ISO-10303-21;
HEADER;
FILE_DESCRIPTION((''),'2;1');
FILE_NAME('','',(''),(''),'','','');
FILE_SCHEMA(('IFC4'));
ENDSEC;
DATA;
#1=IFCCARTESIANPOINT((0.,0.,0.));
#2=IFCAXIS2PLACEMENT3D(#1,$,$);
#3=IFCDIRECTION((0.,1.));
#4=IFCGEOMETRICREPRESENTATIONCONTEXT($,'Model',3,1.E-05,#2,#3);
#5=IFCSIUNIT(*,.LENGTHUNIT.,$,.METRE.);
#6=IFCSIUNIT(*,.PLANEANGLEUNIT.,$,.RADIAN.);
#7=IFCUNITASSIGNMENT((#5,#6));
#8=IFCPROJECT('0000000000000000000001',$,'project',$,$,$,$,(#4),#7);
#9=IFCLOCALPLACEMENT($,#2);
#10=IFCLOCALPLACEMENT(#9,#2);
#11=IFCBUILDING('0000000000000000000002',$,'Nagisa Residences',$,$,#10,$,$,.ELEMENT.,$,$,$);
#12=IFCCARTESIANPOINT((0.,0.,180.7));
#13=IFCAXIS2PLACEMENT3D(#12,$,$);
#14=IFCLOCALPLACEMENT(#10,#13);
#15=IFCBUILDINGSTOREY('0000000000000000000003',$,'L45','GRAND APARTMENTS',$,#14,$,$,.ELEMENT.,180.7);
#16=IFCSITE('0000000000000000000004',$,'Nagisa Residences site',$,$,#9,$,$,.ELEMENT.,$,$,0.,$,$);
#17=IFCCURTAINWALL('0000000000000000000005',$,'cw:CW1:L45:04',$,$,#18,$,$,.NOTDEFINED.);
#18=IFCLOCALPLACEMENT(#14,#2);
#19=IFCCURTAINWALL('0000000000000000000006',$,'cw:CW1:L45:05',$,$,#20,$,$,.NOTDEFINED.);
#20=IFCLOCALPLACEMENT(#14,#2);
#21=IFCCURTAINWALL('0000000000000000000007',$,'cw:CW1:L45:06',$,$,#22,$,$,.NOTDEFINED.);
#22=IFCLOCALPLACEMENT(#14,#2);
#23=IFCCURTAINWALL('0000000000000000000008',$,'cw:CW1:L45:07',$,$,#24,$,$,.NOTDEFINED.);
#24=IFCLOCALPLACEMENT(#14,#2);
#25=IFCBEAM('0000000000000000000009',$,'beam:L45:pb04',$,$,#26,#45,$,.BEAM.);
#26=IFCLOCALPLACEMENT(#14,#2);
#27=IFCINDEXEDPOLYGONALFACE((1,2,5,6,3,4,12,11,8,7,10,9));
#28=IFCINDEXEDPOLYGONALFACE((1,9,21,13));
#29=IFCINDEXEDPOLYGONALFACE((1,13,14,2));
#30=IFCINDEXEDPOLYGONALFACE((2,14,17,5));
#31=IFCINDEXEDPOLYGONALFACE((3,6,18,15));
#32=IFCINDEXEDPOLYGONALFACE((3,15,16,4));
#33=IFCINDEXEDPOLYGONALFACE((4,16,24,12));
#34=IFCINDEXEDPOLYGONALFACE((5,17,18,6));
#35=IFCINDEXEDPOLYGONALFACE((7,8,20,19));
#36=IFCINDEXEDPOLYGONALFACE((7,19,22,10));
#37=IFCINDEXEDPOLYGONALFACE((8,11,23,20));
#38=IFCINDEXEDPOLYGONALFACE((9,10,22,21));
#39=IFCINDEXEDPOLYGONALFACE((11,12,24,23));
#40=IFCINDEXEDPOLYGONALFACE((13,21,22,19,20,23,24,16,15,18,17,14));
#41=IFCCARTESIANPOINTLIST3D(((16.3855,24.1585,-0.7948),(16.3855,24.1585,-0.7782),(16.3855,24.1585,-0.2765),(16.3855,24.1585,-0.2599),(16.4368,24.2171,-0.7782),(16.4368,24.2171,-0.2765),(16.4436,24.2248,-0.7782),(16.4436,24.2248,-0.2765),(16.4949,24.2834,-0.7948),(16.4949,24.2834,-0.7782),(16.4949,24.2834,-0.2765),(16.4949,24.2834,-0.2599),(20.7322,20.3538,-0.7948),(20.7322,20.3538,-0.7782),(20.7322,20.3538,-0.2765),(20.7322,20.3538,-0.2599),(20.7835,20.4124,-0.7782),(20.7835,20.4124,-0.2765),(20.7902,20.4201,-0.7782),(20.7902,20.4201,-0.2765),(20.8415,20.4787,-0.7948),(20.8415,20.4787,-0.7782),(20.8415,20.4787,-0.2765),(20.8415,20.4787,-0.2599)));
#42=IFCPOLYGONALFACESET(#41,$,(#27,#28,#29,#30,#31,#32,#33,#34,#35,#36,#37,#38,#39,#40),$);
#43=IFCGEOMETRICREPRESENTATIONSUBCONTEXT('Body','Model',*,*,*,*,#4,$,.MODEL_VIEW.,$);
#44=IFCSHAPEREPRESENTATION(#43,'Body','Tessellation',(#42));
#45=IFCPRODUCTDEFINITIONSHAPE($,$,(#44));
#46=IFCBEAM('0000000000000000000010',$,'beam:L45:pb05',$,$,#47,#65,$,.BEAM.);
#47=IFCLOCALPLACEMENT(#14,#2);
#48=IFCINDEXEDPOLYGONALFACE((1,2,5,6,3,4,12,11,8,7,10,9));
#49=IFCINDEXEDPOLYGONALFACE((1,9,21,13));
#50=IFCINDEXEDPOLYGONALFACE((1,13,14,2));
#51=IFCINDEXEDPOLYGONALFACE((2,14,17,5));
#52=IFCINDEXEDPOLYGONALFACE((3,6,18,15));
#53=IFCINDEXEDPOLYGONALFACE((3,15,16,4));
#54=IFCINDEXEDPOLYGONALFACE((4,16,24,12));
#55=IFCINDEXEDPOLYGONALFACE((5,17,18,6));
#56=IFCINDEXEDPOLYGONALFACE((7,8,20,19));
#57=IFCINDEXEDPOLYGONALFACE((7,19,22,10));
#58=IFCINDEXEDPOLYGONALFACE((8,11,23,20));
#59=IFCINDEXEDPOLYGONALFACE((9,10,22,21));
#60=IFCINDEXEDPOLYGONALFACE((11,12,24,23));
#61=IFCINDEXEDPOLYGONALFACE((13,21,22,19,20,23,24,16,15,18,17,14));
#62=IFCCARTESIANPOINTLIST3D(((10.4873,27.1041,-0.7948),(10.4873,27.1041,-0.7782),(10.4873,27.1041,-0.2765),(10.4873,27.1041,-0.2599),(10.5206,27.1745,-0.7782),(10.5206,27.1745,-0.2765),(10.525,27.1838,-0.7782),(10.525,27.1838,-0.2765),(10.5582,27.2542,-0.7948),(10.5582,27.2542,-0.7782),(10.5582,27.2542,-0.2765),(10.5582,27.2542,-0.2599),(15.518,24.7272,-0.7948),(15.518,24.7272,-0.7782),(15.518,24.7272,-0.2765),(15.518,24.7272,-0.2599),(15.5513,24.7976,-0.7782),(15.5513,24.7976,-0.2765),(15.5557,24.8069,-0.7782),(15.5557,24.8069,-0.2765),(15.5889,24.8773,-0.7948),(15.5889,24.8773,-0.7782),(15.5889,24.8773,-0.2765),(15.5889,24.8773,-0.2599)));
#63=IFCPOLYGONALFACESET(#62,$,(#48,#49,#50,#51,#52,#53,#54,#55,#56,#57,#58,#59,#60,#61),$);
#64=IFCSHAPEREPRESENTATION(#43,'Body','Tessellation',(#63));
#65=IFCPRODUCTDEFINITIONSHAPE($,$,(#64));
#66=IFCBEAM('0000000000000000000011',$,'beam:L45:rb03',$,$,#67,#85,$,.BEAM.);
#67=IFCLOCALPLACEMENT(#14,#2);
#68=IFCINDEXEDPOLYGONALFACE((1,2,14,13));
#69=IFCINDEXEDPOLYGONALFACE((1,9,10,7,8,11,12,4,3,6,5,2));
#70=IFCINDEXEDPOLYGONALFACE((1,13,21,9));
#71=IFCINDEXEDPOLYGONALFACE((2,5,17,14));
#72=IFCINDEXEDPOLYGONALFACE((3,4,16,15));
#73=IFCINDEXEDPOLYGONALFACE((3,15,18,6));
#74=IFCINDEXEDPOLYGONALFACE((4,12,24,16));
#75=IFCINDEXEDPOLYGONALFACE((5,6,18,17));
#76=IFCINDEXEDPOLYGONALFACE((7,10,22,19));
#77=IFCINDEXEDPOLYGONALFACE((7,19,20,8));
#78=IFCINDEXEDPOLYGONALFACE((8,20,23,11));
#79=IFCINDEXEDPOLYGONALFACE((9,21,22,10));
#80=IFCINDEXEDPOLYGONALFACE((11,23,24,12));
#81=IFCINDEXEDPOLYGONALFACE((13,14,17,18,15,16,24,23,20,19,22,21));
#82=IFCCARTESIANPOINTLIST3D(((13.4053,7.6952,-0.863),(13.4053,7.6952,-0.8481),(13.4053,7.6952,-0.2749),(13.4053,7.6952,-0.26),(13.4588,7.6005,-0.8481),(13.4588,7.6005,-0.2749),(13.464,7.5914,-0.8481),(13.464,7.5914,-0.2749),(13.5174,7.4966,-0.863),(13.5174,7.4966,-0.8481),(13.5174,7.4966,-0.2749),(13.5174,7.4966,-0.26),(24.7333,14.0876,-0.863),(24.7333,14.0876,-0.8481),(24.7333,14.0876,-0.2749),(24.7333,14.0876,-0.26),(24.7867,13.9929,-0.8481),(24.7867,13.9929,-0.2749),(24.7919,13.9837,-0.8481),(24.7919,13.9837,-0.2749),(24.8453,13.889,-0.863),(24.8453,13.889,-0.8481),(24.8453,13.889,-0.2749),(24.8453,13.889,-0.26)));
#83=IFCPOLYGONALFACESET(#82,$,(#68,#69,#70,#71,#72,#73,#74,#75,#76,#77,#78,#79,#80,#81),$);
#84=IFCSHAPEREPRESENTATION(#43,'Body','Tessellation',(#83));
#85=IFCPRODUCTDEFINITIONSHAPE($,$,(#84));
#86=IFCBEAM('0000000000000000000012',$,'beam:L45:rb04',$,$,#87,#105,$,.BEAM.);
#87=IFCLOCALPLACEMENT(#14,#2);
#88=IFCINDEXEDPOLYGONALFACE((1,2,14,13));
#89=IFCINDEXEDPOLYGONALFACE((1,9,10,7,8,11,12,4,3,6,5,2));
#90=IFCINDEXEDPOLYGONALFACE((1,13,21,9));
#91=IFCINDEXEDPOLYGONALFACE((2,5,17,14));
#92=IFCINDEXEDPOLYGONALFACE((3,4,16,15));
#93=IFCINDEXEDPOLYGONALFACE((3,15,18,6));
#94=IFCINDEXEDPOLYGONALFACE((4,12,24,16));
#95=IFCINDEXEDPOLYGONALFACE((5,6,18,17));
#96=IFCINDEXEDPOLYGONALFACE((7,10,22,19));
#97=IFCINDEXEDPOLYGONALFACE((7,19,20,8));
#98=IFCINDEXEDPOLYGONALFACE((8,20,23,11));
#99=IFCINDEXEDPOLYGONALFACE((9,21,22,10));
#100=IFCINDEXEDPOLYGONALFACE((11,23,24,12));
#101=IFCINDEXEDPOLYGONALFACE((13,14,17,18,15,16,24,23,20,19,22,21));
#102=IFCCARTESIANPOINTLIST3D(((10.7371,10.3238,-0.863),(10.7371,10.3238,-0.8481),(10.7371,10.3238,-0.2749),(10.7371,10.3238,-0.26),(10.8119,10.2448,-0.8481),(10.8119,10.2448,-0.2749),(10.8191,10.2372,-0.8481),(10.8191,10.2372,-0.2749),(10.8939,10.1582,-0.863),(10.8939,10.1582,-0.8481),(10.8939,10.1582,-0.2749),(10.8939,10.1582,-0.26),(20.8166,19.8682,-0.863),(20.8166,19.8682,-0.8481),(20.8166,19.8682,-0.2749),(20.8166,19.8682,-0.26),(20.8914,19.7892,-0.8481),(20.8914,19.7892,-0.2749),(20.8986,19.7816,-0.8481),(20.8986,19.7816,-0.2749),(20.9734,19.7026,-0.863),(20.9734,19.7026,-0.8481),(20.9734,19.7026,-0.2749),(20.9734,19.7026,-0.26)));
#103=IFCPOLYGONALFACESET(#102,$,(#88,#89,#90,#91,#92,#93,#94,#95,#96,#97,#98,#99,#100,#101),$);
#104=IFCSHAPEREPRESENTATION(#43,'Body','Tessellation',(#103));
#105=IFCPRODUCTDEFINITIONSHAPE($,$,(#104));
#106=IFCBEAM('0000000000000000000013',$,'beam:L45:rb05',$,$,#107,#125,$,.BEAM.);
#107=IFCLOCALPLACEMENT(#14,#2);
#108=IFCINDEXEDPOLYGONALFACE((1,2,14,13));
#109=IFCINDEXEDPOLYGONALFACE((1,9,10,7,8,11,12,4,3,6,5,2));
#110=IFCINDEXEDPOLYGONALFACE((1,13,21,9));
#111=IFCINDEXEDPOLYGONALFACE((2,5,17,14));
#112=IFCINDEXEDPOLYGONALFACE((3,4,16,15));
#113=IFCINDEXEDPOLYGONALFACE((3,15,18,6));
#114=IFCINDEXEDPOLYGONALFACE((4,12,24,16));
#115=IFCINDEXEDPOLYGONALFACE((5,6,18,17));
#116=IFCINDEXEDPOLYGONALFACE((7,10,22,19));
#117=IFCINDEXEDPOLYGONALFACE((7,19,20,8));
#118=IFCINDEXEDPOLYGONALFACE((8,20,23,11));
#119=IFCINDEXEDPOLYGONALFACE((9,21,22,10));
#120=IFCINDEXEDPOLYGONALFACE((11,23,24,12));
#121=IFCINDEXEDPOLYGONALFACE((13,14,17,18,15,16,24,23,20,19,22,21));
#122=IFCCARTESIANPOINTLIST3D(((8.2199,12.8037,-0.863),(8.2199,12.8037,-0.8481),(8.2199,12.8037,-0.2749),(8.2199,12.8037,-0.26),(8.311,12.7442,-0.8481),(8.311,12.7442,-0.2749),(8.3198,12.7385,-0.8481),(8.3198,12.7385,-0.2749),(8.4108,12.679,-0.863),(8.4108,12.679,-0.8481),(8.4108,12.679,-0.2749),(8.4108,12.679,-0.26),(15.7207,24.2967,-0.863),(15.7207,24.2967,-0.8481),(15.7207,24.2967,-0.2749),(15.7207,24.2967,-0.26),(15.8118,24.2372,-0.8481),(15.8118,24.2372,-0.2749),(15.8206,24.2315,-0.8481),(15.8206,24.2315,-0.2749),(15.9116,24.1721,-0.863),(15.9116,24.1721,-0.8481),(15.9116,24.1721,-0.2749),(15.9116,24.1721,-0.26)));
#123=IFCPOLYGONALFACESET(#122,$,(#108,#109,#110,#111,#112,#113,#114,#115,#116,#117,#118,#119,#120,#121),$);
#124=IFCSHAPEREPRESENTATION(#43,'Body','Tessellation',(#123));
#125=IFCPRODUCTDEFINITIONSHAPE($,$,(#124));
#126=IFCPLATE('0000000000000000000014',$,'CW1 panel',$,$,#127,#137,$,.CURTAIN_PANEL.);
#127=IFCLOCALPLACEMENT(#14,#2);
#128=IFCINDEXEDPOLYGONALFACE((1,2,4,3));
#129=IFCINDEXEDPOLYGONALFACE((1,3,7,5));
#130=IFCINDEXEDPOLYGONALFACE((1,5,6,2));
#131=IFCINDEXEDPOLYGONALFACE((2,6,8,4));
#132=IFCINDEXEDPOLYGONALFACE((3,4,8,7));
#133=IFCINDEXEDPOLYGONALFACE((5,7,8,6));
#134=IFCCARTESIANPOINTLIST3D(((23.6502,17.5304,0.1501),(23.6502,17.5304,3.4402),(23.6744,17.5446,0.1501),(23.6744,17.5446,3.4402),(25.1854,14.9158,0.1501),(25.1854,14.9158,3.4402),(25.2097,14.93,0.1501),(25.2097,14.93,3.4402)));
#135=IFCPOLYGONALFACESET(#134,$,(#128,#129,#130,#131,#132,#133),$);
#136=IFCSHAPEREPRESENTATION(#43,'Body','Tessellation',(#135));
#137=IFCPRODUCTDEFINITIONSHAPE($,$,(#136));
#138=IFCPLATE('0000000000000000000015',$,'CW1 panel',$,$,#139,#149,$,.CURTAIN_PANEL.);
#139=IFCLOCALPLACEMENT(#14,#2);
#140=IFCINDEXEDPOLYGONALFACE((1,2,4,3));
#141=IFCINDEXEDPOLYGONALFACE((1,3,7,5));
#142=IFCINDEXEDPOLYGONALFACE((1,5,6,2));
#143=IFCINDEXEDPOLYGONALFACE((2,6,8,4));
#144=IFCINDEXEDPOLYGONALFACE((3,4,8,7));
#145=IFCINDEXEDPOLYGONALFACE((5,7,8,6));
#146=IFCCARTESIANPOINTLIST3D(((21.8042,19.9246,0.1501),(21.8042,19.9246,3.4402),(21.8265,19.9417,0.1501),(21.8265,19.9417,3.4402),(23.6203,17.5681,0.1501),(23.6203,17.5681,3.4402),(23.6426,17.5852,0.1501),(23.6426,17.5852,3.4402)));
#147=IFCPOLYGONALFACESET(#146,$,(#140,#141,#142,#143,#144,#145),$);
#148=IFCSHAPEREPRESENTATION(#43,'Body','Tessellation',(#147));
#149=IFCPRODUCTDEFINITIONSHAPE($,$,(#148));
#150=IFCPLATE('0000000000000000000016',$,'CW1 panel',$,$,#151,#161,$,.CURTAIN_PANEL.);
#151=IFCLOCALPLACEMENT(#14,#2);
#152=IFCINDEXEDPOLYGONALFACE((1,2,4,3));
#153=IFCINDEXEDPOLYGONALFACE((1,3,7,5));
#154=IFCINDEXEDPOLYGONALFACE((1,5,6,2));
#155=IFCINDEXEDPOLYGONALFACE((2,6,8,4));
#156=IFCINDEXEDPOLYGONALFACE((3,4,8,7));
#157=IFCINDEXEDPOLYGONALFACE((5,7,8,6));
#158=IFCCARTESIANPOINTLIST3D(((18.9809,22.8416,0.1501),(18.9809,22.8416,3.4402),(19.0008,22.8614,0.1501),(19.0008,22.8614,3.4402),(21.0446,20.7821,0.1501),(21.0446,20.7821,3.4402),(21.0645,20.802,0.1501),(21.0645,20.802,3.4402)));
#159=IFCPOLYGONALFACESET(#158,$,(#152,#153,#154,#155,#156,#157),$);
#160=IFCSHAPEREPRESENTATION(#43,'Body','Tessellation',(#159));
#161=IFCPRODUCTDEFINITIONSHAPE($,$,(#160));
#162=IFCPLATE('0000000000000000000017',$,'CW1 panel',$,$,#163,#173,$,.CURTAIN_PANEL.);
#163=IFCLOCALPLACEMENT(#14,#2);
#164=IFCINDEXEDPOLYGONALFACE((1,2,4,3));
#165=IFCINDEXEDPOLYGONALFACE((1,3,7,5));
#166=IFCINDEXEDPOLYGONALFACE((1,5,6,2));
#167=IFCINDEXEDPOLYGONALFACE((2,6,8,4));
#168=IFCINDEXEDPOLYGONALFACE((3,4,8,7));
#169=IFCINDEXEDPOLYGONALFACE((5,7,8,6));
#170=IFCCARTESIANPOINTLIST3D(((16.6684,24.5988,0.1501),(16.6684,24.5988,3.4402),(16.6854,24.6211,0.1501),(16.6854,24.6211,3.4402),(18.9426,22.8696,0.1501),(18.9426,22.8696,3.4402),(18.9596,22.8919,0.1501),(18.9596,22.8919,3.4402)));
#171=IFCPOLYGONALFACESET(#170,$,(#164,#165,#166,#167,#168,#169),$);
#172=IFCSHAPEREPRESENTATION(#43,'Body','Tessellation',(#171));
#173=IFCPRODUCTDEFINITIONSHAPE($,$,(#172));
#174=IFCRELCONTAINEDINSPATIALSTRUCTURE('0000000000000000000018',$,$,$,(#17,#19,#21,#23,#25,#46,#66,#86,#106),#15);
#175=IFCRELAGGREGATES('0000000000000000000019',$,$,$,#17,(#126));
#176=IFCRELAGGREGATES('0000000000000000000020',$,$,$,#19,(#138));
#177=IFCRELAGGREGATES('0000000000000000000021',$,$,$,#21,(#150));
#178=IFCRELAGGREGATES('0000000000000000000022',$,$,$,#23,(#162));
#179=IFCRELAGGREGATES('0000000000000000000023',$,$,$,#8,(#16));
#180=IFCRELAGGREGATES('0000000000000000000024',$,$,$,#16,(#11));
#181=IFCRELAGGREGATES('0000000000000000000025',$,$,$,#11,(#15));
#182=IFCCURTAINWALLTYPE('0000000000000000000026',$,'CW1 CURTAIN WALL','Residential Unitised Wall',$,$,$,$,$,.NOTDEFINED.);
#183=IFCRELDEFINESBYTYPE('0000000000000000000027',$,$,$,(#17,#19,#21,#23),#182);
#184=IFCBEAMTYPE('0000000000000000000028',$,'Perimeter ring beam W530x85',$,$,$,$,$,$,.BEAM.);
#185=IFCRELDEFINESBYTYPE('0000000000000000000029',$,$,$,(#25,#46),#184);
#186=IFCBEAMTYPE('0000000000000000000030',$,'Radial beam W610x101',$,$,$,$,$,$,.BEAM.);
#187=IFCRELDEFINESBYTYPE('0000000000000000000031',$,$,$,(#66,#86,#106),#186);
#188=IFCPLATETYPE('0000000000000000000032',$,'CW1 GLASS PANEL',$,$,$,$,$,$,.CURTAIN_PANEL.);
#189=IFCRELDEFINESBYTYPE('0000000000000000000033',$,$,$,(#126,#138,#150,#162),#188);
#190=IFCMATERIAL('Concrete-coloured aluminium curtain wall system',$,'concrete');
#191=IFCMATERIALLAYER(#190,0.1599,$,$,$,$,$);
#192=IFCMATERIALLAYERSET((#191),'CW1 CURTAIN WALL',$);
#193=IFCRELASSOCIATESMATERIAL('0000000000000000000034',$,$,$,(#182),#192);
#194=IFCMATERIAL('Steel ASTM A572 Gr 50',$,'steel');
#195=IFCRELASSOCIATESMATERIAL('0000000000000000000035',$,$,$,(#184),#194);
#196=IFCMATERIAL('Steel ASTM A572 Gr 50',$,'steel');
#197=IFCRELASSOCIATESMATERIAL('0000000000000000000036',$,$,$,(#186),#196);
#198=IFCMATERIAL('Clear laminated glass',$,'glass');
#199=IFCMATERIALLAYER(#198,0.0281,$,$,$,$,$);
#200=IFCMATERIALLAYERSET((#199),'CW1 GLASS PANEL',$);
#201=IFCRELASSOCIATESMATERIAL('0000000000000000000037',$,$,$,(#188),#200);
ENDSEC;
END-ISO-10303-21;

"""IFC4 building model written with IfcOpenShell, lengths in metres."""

from ifc_helpers import new_model, si_unit, direction, frame, origin, origin_2d, place, context, subcontext, project, spatial, rectangle, i_section, extrude, material, layer, layer_set, material_profile, profile_set, type_object, element, aggregate, save


model = new_model("IFC4")

# Units and contexts
model_context = context("Model", 3, precision=1e-05, world=origin(), true_north=direction((0.0, 1.0)))
body_context = subcontext(model_context, "Body", "Model", "MODEL_VIEW")
ifc_project = project(units=[si_unit("LENGTHUNIT", "METRE"), si_unit("PLANEANGLEUNIT", "RADIAN")], contexts=[model_context])

# Site, building, storey
site_placement = place(None, origin())
site = spatial("IfcSite", under=ifc_project, at=site_placement, Name="Nagisa Residences site", CompositionType="ELEMENT", RefElevation=0.0)
building_placement = place(site_placement, origin())
building = spatial("IfcBuilding", under=site, at=building_placement, Name="Nagisa Residences", CompositionType="ELEMENT")
storey_placement = place(building_placement, frame((0.0, 0.0, 180.7)))
storey = spatial("IfcBuildingStorey", under=building, at=storey_placement, Name="L45", Description="GRAND APARTMENTS", CompositionType="ELEMENT", Elevation=180.7)

# Curtain walls
ifc_material_1 = material(Name="Concrete-coloured aluminium curtain wall system", Category="concrete")
ifc_layer_1 = layer(ifc_material_1, 0.1599)
ifc_layer_set_1 = layer_set([ifc_layer_1], Name="CW1 CURTAIN WALL")
curtain_wall_type = type_object("IfcCurtainWallType", Name="CW1 CURTAIN WALL", Description="Residential Unitised Wall", PredefinedType="NOTDEFINED", material=ifc_layer_set_1)
curtain_wall_1_placement = place(storey_placement, origin())
curtain_wall_1 = element("IfcCurtainWall", 1, at=curtain_wall_1_placement, inside=storey, type_object=curtain_wall_type, Name="cw:CW1:L45:04", PredefinedType="NOTDEFINED")
curtain_wall_2_placement = place(storey_placement, origin())
curtain_wall_2 = element("IfcCurtainWall", 2, at=curtain_wall_2_placement, inside=storey, type_object=curtain_wall_type, Name="cw:CW1:L45:05", PredefinedType="NOTDEFINED")
curtain_wall_3_placement = place(storey_placement, origin())
curtain_wall_3 = element("IfcCurtainWall", 3, at=curtain_wall_3_placement, inside=storey, type_object=curtain_wall_type, Name="cw:CW1:L45:06", PredefinedType="NOTDEFINED")
curtain_wall_4_placement = place(storey_placement, origin())
curtain_wall_4 = element("IfcCurtainWall", 4, at=curtain_wall_4_placement, inside=storey, type_object=curtain_wall_type, Name="cw:CW1:L45:07", PredefinedType="NOTDEFINED")

# Beams
ifc_material_2 = material(Name="Steel ASTM A572 Gr 50", Category="steel")
ifc_material_profile_1 = material_profile(ifc_material_2, i_section(OverallWidth=0.166, OverallDepth=0.5349, WebThickness=0.0103, FlangeThickness=0.0166, at=origin_2d()), Name="W530x85")
ifc_profile_set_1 = profile_set([ifc_material_profile_1], Name="Steel ASTM A572 Gr 50")
beam_type_1 = type_object("IfcBeamType", Name="Perimeter ring beam W530x85", PredefinedType="BEAM", material=ifc_profile_set_1)
beam_1_placement = place(storey_placement, frame((20.7869, 20.4163, -0.5273), z_axis=(-0.752461, 0.658636, 0.0), x_axis=(-0.658636, -0.752461, 0.0)))
element("IfcBeam", 5, at=beam_1_placement, inside=storey, type_object=beam_type_1, Name="beam:L45:pb04", PredefinedType="BEAM", context=body_context, shape_type="SweptSolid", body=[
    extrude(i_section(OverallWidth=0.166, OverallDepth=0.5349, WebThickness=0.0103, FlangeThickness=0.0166, at=origin_2d()), origin(), (0.0, 0.0, 1.0), 5.7766),
])
beam_2_placement = place(storey_placement, frame((15.5535, 24.8022, -0.5273), z_axis=(-0.904157, 0.4272, 0.0), x_axis=(-0.4272, -0.904157, 0.0)))
element("IfcBeam", 6, at=beam_2_placement, inside=storey, type_object=beam_type_1, Name="beam:L45:pb05", PredefinedType="BEAM", context=body_context, shape_type="SweptSolid", body=[
    extrude(i_section(OverallWidth=0.166, OverallDepth=0.5349, WebThickness=0.0103, FlangeThickness=0.0166, at=origin_2d()), origin(), (0.0, 0.0, 1.0), 5.564),
])
ifc_material_3 = material(Name="Steel ASTM A572 Gr 50", Category="steel")
ifc_material_profile_2 = material_profile(ifc_material_3, i_section(OverallWidth=0.228, OverallDepth=0.603, WebThickness=0.0105, FlangeThickness=0.0149, at=origin_2d()), Name="W610x101")
ifc_profile_set_2 = profile_set([ifc_material_profile_2], Name="Steel ASTM A572 Gr 50")
beam_type_2 = type_object("IfcBeamType", Name="Radial beam W610x101", PredefinedType="BEAM", material=ifc_profile_set_2)
beam_3_placement = place(storey_placement, frame((24.7893, 13.9883, -0.5615), z_axis=(-0.870905, -0.491452, 0.0), x_axis=(0.491452, -0.870905, 0.0)))
element("IfcBeam", 7, at=beam_3_placement, inside=storey, type_object=beam_type_2, Name="beam:L45:rb03", PredefinedType="BEAM", context=body_context, shape_type="SweptSolid", body=[
    extrude(i_section(OverallWidth=0.228, OverallDepth=0.603, WebThickness=0.0105, FlangeThickness=0.0149, at=origin_2d()), origin(), (0.0, 0.0, 1.0), 13.0071),
])
beam_4_placement = place(storey_placement, frame((20.895, 19.7854, -0.5615), z_axis=(-0.72612, -0.687568, 0.0), x_axis=(0.687568, -0.72612, 0.0)))
element("IfcBeam", 8, at=beam_4_placement, inside=storey, type_object=beam_type_2, Name="beam:L45:rb04", PredefinedType="BEAM", context=body_context, shape_type="SweptSolid", body=[
    extrude(i_section(OverallWidth=0.228, OverallDepth=0.603, WebThickness=0.0105, FlangeThickness=0.0149, at=origin_2d()), origin(), (0.0, 0.0, 1.0), 13.8813),
])
beam_5_placement = place(storey_placement, frame((15.8162, 24.2344, -0.5615), z_axis=(-0.546541, -0.837432, 0.0), x_axis=(0.837432, -0.546541, 0.0)))
element("IfcBeam", 9, at=beam_5_placement, inside=storey, type_object=beam_type_2, Name="beam:L45:rb05", PredefinedType="BEAM", context=body_context, shape_type="SweptSolid", body=[
    extrude(i_section(OverallWidth=0.228, OverallDepth=0.603, WebThickness=0.0105, FlangeThickness=0.0149, at=origin_2d()), origin(), (0.0, 0.0, 1.0), 13.7241),
])

# Plates
ifc_material_4 = material(Name="Clear laminated glass", Category="glass")
ifc_layer_2 = layer(ifc_material_4, 0.0281)
ifc_layer_set_2 = layer_set([ifc_layer_2], Name="CW1 GLASS PANEL")
plate_type = type_object("IfcPlateType", Name="CW1 GLASS PANEL", PredefinedType="CURTAIN_PANEL", material=ifc_layer_set_2)
plate_1_placement = place(storey_placement, frame((24.4299, 16.2302, 0.1501), z_axis=(0.0, 0.0, 1.0), x_axis=(-0.506349, 0.862329, 0.0)))
plate_1 = element("IfcPlate", 10, at=plate_1_placement, type_object=plate_type, Name="CW1 panel", PredefinedType="CURTAIN_PANEL", context=body_context, shape_type="SweptSolid", body=[
    extrude(rectangle(XDim=3.032, YDim=0.0281, at=origin_2d()), origin(), (0.0, 0.0, 1.0), 3.29),
])
aggregate(curtain_wall_1, [plate_1])
plate_2_placement = place(storey_placement, frame((22.7234, 18.7549, 0.1501), z_axis=(0.0, 0.0, 1.0), x_axis=(-0.61043, 0.79207, 0.0)))
plate_2 = element("IfcPlate", 11, at=plate_2_placement, type_object=plate_type, Name="CW1 panel", PredefinedType="CURTAIN_PANEL", context=body_context, shape_type="SweptSolid", body=[
    extrude(rectangle(XDim=2.9751, YDim=0.0281, at=origin_2d()), origin(), (0.0, 0.0, 1.0), 3.29),
])
aggregate(curtain_wall_2, [plate_2])
plate_3_placement = place(storey_placement, frame((20.0227, 21.8218, 0.1501), z_axis=(0.0, 0.0, 1.0), x_axis=(-0.707836, 0.706377, 0.0)))
plate_3 = element("IfcPlate", 12, at=plate_3_placement, type_object=plate_type, Name="CW1 panel", PredefinedType="CURTAIN_PANEL", context=body_context, shape_type="SweptSolid", body=[
    extrude(rectangle(XDim=2.9155, YDim=0.0281, at=origin_2d()), origin(), (0.0, 0.0, 1.0), 3.29),
])
aggregate(curtain_wall_3, [plate_3])
plate_4_placement = place(storey_placement, frame((17.814, 23.7454, 0.1501), z_axis=(0.0, 0.0, 1.0), x_axis=(-0.796031, 0.605255, 0.0)))
plate_4 = element("IfcPlate", 13, at=plate_4_placement, type_object=plate_type, Name="CW1 panel", PredefinedType="CURTAIN_PANEL", context=body_context, shape_type="SweptSolid", body=[
    extrude(rectangle(XDim=2.8569, YDim=0.0281, at=origin_2d()), origin(), (0.0, 0.0, 1.0), 3.29),
])
aggregate(curtain_wall_4, [plate_4])

save(model, "model.ifc")
